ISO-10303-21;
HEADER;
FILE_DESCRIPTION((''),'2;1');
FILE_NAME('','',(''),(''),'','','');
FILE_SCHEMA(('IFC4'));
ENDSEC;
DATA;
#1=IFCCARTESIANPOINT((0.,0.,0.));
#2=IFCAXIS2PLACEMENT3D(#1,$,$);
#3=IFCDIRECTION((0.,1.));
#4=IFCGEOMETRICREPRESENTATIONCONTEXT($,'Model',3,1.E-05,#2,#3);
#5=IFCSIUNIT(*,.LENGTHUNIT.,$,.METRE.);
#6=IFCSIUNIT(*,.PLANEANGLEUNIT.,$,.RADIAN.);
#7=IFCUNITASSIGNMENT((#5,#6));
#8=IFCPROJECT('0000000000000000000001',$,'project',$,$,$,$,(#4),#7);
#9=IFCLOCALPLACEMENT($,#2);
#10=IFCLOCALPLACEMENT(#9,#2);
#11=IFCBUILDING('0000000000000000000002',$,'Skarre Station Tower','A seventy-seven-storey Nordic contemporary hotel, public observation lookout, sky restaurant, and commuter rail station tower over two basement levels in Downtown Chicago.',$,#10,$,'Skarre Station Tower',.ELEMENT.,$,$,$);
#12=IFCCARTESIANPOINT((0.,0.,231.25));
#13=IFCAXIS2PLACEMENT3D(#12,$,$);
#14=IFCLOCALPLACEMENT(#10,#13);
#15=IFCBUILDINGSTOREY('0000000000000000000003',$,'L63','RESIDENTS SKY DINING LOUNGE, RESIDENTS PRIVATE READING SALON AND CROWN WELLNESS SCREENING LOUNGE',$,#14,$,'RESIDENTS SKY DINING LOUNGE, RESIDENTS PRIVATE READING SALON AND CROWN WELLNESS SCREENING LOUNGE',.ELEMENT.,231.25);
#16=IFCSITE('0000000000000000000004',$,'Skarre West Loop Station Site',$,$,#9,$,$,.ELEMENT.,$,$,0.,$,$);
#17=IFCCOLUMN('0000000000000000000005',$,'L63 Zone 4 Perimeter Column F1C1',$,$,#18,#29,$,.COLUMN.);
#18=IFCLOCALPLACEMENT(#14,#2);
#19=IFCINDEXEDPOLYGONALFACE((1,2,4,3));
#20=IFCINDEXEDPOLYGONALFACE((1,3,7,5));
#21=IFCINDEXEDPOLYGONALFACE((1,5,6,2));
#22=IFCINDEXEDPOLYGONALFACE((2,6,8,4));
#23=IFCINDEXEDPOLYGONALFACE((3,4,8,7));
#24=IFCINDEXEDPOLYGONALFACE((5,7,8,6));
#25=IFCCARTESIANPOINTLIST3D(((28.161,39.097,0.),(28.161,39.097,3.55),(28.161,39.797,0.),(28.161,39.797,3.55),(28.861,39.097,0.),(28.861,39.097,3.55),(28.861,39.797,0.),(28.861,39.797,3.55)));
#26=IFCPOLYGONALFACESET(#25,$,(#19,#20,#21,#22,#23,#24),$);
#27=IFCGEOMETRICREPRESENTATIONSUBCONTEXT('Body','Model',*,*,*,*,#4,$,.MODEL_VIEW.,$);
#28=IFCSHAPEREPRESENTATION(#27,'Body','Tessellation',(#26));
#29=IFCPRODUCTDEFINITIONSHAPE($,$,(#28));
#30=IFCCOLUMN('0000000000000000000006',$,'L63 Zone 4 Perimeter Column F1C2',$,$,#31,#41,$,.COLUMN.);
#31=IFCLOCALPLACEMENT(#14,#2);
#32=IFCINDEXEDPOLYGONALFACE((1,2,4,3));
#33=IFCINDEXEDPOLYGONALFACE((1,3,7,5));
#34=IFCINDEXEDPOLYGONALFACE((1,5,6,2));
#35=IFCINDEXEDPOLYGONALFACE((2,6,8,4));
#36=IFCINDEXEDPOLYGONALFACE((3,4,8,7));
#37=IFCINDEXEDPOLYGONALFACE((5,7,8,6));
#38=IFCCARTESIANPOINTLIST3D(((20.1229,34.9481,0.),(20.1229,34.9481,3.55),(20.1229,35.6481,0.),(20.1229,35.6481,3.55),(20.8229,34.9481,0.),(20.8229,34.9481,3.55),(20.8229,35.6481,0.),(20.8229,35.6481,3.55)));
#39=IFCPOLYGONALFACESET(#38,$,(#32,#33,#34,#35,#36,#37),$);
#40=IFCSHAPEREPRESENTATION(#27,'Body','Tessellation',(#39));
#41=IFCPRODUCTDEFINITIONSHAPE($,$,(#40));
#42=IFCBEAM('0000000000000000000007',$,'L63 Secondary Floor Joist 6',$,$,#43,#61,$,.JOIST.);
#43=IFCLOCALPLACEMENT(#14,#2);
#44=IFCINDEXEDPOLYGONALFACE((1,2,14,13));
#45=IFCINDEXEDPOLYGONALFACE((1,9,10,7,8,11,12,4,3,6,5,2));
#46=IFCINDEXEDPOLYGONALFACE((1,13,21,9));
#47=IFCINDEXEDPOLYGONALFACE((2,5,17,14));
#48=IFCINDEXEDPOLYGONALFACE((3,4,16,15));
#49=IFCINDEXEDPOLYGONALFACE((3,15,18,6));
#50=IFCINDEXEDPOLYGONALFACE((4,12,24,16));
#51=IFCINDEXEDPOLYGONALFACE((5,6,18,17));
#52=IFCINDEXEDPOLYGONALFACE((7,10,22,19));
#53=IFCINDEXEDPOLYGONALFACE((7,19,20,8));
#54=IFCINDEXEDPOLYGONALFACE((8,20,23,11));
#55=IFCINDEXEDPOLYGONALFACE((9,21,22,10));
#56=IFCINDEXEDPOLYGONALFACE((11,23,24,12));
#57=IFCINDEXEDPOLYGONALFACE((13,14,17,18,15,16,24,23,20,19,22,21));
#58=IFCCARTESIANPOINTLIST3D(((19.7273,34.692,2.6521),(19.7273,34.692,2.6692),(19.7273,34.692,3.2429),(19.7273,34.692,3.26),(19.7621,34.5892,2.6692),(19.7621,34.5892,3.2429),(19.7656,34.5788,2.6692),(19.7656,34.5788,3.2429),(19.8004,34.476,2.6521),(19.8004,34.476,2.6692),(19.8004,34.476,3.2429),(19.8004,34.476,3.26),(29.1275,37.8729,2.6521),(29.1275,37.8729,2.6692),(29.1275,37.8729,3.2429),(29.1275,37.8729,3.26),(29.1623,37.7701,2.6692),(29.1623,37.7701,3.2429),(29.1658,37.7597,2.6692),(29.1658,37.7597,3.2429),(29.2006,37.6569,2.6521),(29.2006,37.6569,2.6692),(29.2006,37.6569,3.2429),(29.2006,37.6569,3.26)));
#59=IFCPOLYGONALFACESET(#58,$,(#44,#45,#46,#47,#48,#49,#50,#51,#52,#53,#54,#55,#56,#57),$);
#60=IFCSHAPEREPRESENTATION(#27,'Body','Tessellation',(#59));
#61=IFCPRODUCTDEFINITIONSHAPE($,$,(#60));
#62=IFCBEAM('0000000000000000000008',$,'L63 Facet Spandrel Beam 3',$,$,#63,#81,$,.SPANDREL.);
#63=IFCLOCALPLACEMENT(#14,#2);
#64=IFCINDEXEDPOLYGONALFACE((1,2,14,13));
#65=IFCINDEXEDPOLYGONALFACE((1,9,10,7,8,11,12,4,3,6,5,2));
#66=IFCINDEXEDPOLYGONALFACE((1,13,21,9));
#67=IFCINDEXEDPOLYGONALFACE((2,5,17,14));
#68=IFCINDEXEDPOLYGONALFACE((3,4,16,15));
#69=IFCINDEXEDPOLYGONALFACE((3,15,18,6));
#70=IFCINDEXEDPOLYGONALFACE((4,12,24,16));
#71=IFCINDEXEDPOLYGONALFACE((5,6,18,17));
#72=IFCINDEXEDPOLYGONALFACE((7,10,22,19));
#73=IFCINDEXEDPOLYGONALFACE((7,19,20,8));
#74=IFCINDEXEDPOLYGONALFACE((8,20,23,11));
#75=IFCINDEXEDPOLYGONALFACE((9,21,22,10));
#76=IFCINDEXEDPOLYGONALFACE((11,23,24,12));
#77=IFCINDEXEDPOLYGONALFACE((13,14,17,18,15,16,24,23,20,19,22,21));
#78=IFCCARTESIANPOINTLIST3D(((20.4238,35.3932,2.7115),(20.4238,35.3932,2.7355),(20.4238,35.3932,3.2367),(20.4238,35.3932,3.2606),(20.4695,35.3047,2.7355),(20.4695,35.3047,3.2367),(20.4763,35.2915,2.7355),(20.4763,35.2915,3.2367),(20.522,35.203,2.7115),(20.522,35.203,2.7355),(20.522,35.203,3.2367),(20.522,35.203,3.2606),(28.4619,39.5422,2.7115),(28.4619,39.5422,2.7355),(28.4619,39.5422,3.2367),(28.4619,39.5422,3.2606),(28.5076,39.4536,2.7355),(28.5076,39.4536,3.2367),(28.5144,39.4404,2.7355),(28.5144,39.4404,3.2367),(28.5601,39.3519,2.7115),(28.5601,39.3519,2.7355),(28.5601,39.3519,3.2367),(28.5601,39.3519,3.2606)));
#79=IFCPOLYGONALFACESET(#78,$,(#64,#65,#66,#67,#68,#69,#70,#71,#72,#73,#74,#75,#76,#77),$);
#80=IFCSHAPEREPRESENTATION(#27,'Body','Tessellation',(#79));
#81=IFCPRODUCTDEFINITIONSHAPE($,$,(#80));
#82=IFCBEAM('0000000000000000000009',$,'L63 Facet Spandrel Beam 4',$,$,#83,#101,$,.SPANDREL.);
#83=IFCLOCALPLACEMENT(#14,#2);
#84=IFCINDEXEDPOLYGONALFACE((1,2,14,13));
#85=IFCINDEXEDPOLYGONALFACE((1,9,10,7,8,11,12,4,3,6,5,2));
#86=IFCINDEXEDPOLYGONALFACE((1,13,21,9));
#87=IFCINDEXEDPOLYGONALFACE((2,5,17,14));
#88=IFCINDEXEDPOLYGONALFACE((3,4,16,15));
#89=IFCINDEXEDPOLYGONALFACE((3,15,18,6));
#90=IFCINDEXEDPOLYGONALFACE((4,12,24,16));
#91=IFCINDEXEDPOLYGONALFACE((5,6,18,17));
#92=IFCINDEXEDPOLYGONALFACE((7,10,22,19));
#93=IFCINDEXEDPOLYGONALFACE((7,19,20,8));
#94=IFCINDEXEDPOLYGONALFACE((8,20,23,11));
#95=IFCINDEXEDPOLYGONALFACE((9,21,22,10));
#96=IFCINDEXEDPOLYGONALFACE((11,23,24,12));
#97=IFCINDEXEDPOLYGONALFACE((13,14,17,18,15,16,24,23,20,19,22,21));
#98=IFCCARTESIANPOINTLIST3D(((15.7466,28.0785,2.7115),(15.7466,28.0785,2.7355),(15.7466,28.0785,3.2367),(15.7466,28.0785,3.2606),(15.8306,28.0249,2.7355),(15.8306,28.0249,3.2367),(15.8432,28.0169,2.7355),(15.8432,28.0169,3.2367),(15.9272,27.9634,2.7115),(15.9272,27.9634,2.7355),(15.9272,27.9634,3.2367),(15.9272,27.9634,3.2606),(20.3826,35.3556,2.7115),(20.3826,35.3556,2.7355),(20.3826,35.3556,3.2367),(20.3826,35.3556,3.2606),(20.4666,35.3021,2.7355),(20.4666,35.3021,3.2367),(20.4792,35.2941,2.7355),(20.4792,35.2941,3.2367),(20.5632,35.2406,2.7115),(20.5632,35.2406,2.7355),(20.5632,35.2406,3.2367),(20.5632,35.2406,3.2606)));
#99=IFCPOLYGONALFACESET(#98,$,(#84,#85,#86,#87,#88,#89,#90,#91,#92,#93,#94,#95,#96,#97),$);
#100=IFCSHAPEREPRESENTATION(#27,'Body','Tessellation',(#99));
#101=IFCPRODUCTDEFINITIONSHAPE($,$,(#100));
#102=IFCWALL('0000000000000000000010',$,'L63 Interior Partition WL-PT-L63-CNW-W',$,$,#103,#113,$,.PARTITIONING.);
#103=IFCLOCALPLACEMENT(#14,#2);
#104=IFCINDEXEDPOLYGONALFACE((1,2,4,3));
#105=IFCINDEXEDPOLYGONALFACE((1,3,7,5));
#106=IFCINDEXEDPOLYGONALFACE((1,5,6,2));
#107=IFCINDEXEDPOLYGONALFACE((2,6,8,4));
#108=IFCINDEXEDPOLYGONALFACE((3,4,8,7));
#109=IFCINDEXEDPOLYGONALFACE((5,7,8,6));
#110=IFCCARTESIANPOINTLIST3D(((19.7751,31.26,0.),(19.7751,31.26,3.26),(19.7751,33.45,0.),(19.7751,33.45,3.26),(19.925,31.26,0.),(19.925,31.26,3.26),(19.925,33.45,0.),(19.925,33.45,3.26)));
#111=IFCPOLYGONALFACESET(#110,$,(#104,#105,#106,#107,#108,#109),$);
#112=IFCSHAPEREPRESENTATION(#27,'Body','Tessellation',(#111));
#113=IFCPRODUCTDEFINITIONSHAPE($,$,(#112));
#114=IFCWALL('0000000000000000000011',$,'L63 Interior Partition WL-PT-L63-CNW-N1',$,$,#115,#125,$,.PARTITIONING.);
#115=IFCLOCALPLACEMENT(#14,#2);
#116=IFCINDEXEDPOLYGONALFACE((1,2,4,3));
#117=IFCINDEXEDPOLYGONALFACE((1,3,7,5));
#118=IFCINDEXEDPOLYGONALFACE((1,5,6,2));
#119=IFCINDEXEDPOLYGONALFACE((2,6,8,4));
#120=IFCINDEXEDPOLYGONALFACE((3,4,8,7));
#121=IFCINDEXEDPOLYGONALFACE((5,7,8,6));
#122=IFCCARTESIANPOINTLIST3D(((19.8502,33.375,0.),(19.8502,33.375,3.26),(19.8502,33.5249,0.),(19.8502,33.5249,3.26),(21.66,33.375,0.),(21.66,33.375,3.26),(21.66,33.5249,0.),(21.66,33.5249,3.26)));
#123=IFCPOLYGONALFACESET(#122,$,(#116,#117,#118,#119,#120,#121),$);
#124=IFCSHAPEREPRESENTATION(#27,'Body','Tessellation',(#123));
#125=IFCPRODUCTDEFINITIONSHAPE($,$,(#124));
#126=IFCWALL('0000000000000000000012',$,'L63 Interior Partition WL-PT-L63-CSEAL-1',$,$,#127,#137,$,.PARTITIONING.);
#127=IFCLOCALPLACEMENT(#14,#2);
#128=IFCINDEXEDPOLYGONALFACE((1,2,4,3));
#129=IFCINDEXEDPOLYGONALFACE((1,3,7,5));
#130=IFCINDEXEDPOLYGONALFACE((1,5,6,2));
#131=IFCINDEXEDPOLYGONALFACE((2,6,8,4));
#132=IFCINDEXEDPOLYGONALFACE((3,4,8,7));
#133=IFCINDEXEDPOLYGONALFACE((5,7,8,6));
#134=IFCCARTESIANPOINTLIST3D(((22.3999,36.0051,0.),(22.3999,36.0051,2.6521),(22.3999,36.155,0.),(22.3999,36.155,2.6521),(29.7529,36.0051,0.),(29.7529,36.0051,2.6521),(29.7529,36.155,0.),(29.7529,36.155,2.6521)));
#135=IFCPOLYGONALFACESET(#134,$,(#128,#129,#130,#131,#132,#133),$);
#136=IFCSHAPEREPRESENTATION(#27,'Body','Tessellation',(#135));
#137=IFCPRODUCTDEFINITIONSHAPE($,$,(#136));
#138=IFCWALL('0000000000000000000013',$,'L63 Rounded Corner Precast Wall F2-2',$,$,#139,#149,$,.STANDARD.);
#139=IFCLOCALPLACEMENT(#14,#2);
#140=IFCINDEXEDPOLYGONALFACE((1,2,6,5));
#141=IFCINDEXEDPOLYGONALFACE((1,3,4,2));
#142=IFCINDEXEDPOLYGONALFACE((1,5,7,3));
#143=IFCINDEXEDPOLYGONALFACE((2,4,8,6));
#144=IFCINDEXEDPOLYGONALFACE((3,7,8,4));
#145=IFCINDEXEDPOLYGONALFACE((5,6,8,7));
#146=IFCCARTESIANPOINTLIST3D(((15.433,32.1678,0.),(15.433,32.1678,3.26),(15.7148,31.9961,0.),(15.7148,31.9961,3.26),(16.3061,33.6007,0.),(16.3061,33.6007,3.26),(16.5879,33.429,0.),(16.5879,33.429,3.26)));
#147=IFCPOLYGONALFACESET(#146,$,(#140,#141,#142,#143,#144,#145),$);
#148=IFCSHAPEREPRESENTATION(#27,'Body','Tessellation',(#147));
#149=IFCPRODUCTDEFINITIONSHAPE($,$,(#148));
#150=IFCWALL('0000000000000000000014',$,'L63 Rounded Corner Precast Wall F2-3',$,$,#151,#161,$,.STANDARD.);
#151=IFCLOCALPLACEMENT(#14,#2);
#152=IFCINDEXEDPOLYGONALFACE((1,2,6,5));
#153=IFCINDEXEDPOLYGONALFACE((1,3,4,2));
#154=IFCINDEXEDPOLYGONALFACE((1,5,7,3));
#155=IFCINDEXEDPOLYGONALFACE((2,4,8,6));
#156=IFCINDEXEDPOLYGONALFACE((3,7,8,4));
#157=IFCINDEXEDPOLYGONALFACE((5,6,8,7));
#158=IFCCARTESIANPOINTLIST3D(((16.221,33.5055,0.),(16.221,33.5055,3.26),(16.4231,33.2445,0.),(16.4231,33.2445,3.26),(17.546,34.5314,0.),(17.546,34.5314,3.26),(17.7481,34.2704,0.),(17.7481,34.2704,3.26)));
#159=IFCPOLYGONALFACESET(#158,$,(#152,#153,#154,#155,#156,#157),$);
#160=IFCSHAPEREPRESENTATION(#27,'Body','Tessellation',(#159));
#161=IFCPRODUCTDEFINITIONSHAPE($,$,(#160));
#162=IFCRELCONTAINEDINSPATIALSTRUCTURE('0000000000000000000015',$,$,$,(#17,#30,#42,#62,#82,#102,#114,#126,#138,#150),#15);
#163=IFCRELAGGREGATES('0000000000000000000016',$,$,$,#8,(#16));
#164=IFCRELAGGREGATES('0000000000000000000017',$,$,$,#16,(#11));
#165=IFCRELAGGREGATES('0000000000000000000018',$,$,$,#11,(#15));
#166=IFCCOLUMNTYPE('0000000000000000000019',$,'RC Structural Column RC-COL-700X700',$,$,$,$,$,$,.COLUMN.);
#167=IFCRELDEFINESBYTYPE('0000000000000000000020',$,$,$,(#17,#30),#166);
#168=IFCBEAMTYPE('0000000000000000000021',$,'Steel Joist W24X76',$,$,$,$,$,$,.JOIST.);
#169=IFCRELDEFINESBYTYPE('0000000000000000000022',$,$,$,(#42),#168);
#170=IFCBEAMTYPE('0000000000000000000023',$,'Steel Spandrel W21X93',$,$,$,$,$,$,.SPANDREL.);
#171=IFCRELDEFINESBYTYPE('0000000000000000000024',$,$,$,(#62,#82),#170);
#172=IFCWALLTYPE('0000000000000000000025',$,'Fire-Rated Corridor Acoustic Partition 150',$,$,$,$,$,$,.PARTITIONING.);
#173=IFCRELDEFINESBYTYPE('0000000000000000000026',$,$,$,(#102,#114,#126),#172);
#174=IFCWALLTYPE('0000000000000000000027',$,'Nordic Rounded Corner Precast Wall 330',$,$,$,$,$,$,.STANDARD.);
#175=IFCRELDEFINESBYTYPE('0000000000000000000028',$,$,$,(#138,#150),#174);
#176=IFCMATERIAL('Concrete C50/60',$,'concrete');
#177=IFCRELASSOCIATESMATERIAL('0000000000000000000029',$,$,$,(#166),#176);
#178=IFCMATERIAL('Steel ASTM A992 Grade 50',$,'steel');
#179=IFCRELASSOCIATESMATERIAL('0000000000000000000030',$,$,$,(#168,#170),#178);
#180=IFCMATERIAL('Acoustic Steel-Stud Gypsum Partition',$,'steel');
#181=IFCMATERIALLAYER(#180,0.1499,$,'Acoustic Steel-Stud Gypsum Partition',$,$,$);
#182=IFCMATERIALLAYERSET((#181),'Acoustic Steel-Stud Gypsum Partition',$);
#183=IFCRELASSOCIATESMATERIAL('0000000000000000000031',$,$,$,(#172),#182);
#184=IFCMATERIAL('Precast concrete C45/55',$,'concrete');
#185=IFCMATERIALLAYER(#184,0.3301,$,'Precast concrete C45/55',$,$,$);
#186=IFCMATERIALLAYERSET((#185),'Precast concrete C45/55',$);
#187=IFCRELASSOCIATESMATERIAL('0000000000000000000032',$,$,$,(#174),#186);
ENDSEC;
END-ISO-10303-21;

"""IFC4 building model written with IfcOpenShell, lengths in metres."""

from ifc_helpers import new_model, si_unit, direction, frame, frame_2d, origin, origin_2d, place, context, subcontext, project, spatial, rectangle, i_section, extrude, material, layer, layer_set, material_profile, profile_set, type_object, element, save


model = new_model("IFC4")

# Units and contexts
model_context = context("Model", 3, precision=1e-05, world=origin(), true_north=direction((0.0, 1.0)))
body_context = subcontext(model_context, "Body", "Model", "MODEL_VIEW")
ifc_project = project(units=[si_unit("LENGTHUNIT", "METRE"), si_unit("PLANEANGLEUNIT", "RADIAN")], contexts=[model_context])

# Site, building, storey
site_placement = place(None, origin())
site = spatial("IfcSite", under=ifc_project, at=site_placement, Name="Skarre West Loop Station Site", CompositionType="ELEMENT", RefElevation=0.0)
building_placement = place(site_placement, origin())
building = spatial("IfcBuilding", under=site, at=building_placement, Name="Skarre Station Tower", Description="A seventy-seven-storey Nordic contemporary hotel, public observation lookout, sky restaurant, and commuter rail station tower over two basement levels in Downtown Chicago.", LongName="Skarre Station Tower", CompositionType="ELEMENT")
storey_placement = place(building_placement, frame((0.0, 0.0, 231.25)))
storey = spatial("IfcBuildingStorey", under=building, at=storey_placement, Name="L63", Description="RESIDENTS SKY DINING LOUNGE, RESIDENTS PRIVATE READING SALON AND CROWN WELLNESS SCREENING LOUNGE", LongName="RESIDENTS SKY DINING LOUNGE, RESIDENTS PRIVATE READING SALON AND CROWN WELLNESS SCREENING LOUNGE", CompositionType="ELEMENT", Elevation=231.25)

# Columns
ifc_material_1 = material(Name="Concrete C50/60", Category="concrete")
ifc_material_profile_1 = material_profile(ifc_material_1, rectangle(XDim=0.7, YDim=0.7, at=origin_2d()), Name="Concrete C50/60")
ifc_profile_set_1 = profile_set([ifc_material_profile_1], Name="Concrete C50/60")
column_type = type_object("IfcColumnType", Name="RC Structural Column RC-COL-700X700", PredefinedType="COLUMN", material=ifc_profile_set_1)
for number, where, z_axis, x_axis, name in (
    (1, (28.511, 39.447, 0.0), (0.0, 0.0, 1.0), (1.0, 0.0, 0.0), "L63 Zone 4 Perimeter Column F1C1"),
    (2, (20.4729, 35.2981, 0.0), (0.0, 0.0, 1.0), (1.0, 0.0, 0.0), "L63 Zone 4 Perimeter Column F1C2"),
):
    element("IfcColumn", number, at=place(storey_placement, frame(where, z_axis=z_axis, x_axis=x_axis)), inside=storey, type_object=column_type, Name=name, PredefinedType="COLUMN", context=body_context, shape_type="SweptSolid", body=[
        extrude(rectangle(XDim=0.7, YDim=0.7, at=origin_2d()), origin(), (0.0, 0.0, 1.0), 3.55),
    ])

# Beams
ifc_material_2 = material(Name="Steel ASTM A992 Grade 50", Category="steel")
ifc_material_profile_2 = material_profile(ifc_material_2, i_section(OverallWidth=0.228, OverallDepth=0.6079, WebThickness=0.011, FlangeThickness=0.0171, at=origin_2d()), Name="Steel ASTM A992 Grade 50")
ifc_profile_set_2 = profile_set([ifc_material_profile_2], Name="Steel ASTM A992 Grade 50")
beam_type_1 = type_object("IfcBeamType", Name="Steel Joist W24X76", PredefinedType="JOIST", material=ifc_profile_set_2)
beam_1_placement = place(storey_placement, frame((29.1641, 37.7649, 2.9561), z_axis=(-0.947237, -0.320535, 0.0), x_axis=(0.320535, -0.947237, 0.0)))
element("IfcBeam", 3, at=beam_1_placement, inside=storey, type_object=beam_type_1, Name="L63 Secondary Floor Joist 6", PredefinedType="JOIST", context=body_context, shape_type="SweptSolid", body=[
    extrude(i_section(OverallWidth=0.228, OverallDepth=0.6079, WebThickness=0.011, FlangeThickness=0.0171, at=origin_2d()), origin(), (0.0, 0.0, 1.0), 9.9238),
])
ifc_material_profile_3 = material_profile(ifc_material_2, i_section(OverallWidth=0.2141, OverallDepth=0.5491, WebThickness=0.0149, FlangeThickness=0.0239, at=origin_2d()), Name="Steel ASTM A992 Grade 50")
ifc_profile_set_3 = profile_set([ifc_material_profile_3], Name="Steel ASTM A992 Grade 50")
beam_type_2 = type_object("IfcBeamType", Name="Steel Spandrel W21X93", PredefinedType="SPANDREL", material=ifc_profile_set_3)
beam_2_placement = place(storey_placement, frame((28.511, 39.447, 2.9861), z_axis=(-0.88861, -0.458664, 0.0), x_axis=(0.458664, -0.88861, 0.0)))
element("IfcBeam", 4, at=beam_2_placement, inside=storey, type_object=beam_type_2, Name="L63 Facet Spandrel Beam 3", PredefinedType="SPANDREL", context=body_context, shape_type="SweptSolid", body=[
    extrude(i_section(OverallWidth=0.2141, OverallDepth=0.5491, WebThickness=0.0149, FlangeThickness=0.0239, at=origin_2d()), origin(), (0.0, 0.0, 1.0), 9.0457),
])
beam_3_placement = place(storey_placement, frame((20.4729, 35.2981, 2.9861), z_axis=(-0.537297, -0.843393, 0.0), x_axis=(0.843393, -0.537297, 0.0)))
element("IfcBeam", 5, at=beam_3_placement, inside=storey, type_object=beam_type_2, Name="L63 Facet Spandrel Beam 4", PredefinedType="SPANDREL", context=body_context, shape_type="SweptSolid", body=[
    extrude(i_section(OverallWidth=0.2141, OverallDepth=0.5491, WebThickness=0.0149, FlangeThickness=0.0239, at=origin_2d()), origin(), (0.0, 0.0, 1.0), 8.6284),
])

# Walls
ifc_material_3 = material(Name="Acoustic Steel-Stud Gypsum Partition", Category="steel")
ifc_layer_1 = layer(ifc_material_3, 0.1499, Name="Acoustic Steel-Stud Gypsum Partition")
ifc_layer_set_1 = layer_set([ifc_layer_1], Name="Acoustic Steel-Stud Gypsum Partition")
wall_type_1 = type_object("IfcWallType", Name="Fire-Rated Corridor Acoustic Partition 150", PredefinedType="PARTITIONING", material=ifc_layer_set_1)
wall_1_placement = place(storey_placement, frame((19.8501, 33.45, 0.0), z_axis=(0.0, 0.0, 1.0), x_axis=(0.0, -1.0, 0.0)))
element("IfcWall", 6, at=wall_1_placement, inside=storey, type_object=wall_type_1, Name="L63 Interior Partition WL-PT-L63-CNW-W", PredefinedType="PARTITIONING", context=body_context, shape_type="SweptSolid", body=[
    extrude(rectangle(XDim=2.1899, YDim=0.1499, at=frame_2d((1.095, 0.0))), origin(), (0.0, 0.0, 1.0), 3.26),
])
wall_2_placement = place(storey_placement, frame((21.6599, 33.45, 0.0), z_axis=(0.0, 0.0, 1.0), x_axis=(-1.0, 0.0, 0.0)))
element("IfcWall", 7, at=wall_2_placement, inside=storey, type_object=wall_type_1, Name="L63 Interior Partition WL-PT-L63-CNW-N1", PredefinedType="PARTITIONING", context=body_context, shape_type="SweptSolid", body=[
    extrude(rectangle(XDim=1.8098, YDim=0.1499, at=frame_2d((0.9048, 0.0))), origin(), (0.0, 0.0, 1.0), 3.26),
])
wall_3_placement = place(storey_placement, frame((29.7529, 36.0801, 0.0), z_axis=(0.0, 0.0, 1.0), x_axis=(-1.0, 0.0, 0.0)))
element("IfcWall", 8, at=wall_3_placement, inside=storey, type_object=wall_type_1, Name="L63 Interior Partition WL-PT-L63-CSEAL-1", PredefinedType="PARTITIONING", context=body_context, shape_type="SweptSolid", body=[
    extrude(rectangle(XDim=7.353, YDim=0.1499, at=frame_2d((3.6765, 0.0))), origin(), (0.0, 0.0, 1.0), 2.6521),
])
ifc_material_4 = material(Name="Precast concrete C45/55", Category="concrete")
ifc_layer_2 = layer(ifc_material_4, 0.3301, Name="Precast concrete C45/55")
ifc_layer_set_2 = layer_set([ifc_layer_2], Name="Precast concrete C45/55")
wall_type_2 = type_object("IfcWallType", Name="Nordic Rounded Corner Precast Wall 330", PredefinedType="STANDARD", material=ifc_layer_set_2)
wall_4_placement = place(storey_placement, frame((15.574, 32.082, 0.0), z_axis=(0.0, 0.0, 1.0), x_axis=(0.520325, 0.853968, 0.0)))
element("IfcWall", 9, at=wall_4_placement, inside=storey, type_object=wall_type_2, Name="L63 Rounded Corner Precast Wall F2-2", PredefinedType="STANDARD", context=body_context, shape_type="SweptSolid", body=[
    extrude(rectangle(XDim=1.678, YDim=0.3301, at=frame_2d((0.8389, 0.0))), origin(), (0.0, 0.0, 1.0), 3.26),
])
wall_5_placement = place(storey_placement, frame((16.322, 33.375, 0.0), z_axis=(0.0, 0.0, 1.0), x_axis=(0.790692, 0.612214, 0.0)))
element("IfcWall", 10, at=wall_5_placement, inside=storey, type_object=wall_type_2, Name="L63 Rounded Corner Precast Wall F2-3", PredefinedType="STANDARD", context=body_context, shape_type="SweptSolid", body=[
    extrude(rectangle(XDim=1.6758, YDim=0.3301, at=frame_2d((0.8379, 0.0))), origin(), (0.0, 0.0, 1.0), 3.26),
])

save(model, "model.ifc")
